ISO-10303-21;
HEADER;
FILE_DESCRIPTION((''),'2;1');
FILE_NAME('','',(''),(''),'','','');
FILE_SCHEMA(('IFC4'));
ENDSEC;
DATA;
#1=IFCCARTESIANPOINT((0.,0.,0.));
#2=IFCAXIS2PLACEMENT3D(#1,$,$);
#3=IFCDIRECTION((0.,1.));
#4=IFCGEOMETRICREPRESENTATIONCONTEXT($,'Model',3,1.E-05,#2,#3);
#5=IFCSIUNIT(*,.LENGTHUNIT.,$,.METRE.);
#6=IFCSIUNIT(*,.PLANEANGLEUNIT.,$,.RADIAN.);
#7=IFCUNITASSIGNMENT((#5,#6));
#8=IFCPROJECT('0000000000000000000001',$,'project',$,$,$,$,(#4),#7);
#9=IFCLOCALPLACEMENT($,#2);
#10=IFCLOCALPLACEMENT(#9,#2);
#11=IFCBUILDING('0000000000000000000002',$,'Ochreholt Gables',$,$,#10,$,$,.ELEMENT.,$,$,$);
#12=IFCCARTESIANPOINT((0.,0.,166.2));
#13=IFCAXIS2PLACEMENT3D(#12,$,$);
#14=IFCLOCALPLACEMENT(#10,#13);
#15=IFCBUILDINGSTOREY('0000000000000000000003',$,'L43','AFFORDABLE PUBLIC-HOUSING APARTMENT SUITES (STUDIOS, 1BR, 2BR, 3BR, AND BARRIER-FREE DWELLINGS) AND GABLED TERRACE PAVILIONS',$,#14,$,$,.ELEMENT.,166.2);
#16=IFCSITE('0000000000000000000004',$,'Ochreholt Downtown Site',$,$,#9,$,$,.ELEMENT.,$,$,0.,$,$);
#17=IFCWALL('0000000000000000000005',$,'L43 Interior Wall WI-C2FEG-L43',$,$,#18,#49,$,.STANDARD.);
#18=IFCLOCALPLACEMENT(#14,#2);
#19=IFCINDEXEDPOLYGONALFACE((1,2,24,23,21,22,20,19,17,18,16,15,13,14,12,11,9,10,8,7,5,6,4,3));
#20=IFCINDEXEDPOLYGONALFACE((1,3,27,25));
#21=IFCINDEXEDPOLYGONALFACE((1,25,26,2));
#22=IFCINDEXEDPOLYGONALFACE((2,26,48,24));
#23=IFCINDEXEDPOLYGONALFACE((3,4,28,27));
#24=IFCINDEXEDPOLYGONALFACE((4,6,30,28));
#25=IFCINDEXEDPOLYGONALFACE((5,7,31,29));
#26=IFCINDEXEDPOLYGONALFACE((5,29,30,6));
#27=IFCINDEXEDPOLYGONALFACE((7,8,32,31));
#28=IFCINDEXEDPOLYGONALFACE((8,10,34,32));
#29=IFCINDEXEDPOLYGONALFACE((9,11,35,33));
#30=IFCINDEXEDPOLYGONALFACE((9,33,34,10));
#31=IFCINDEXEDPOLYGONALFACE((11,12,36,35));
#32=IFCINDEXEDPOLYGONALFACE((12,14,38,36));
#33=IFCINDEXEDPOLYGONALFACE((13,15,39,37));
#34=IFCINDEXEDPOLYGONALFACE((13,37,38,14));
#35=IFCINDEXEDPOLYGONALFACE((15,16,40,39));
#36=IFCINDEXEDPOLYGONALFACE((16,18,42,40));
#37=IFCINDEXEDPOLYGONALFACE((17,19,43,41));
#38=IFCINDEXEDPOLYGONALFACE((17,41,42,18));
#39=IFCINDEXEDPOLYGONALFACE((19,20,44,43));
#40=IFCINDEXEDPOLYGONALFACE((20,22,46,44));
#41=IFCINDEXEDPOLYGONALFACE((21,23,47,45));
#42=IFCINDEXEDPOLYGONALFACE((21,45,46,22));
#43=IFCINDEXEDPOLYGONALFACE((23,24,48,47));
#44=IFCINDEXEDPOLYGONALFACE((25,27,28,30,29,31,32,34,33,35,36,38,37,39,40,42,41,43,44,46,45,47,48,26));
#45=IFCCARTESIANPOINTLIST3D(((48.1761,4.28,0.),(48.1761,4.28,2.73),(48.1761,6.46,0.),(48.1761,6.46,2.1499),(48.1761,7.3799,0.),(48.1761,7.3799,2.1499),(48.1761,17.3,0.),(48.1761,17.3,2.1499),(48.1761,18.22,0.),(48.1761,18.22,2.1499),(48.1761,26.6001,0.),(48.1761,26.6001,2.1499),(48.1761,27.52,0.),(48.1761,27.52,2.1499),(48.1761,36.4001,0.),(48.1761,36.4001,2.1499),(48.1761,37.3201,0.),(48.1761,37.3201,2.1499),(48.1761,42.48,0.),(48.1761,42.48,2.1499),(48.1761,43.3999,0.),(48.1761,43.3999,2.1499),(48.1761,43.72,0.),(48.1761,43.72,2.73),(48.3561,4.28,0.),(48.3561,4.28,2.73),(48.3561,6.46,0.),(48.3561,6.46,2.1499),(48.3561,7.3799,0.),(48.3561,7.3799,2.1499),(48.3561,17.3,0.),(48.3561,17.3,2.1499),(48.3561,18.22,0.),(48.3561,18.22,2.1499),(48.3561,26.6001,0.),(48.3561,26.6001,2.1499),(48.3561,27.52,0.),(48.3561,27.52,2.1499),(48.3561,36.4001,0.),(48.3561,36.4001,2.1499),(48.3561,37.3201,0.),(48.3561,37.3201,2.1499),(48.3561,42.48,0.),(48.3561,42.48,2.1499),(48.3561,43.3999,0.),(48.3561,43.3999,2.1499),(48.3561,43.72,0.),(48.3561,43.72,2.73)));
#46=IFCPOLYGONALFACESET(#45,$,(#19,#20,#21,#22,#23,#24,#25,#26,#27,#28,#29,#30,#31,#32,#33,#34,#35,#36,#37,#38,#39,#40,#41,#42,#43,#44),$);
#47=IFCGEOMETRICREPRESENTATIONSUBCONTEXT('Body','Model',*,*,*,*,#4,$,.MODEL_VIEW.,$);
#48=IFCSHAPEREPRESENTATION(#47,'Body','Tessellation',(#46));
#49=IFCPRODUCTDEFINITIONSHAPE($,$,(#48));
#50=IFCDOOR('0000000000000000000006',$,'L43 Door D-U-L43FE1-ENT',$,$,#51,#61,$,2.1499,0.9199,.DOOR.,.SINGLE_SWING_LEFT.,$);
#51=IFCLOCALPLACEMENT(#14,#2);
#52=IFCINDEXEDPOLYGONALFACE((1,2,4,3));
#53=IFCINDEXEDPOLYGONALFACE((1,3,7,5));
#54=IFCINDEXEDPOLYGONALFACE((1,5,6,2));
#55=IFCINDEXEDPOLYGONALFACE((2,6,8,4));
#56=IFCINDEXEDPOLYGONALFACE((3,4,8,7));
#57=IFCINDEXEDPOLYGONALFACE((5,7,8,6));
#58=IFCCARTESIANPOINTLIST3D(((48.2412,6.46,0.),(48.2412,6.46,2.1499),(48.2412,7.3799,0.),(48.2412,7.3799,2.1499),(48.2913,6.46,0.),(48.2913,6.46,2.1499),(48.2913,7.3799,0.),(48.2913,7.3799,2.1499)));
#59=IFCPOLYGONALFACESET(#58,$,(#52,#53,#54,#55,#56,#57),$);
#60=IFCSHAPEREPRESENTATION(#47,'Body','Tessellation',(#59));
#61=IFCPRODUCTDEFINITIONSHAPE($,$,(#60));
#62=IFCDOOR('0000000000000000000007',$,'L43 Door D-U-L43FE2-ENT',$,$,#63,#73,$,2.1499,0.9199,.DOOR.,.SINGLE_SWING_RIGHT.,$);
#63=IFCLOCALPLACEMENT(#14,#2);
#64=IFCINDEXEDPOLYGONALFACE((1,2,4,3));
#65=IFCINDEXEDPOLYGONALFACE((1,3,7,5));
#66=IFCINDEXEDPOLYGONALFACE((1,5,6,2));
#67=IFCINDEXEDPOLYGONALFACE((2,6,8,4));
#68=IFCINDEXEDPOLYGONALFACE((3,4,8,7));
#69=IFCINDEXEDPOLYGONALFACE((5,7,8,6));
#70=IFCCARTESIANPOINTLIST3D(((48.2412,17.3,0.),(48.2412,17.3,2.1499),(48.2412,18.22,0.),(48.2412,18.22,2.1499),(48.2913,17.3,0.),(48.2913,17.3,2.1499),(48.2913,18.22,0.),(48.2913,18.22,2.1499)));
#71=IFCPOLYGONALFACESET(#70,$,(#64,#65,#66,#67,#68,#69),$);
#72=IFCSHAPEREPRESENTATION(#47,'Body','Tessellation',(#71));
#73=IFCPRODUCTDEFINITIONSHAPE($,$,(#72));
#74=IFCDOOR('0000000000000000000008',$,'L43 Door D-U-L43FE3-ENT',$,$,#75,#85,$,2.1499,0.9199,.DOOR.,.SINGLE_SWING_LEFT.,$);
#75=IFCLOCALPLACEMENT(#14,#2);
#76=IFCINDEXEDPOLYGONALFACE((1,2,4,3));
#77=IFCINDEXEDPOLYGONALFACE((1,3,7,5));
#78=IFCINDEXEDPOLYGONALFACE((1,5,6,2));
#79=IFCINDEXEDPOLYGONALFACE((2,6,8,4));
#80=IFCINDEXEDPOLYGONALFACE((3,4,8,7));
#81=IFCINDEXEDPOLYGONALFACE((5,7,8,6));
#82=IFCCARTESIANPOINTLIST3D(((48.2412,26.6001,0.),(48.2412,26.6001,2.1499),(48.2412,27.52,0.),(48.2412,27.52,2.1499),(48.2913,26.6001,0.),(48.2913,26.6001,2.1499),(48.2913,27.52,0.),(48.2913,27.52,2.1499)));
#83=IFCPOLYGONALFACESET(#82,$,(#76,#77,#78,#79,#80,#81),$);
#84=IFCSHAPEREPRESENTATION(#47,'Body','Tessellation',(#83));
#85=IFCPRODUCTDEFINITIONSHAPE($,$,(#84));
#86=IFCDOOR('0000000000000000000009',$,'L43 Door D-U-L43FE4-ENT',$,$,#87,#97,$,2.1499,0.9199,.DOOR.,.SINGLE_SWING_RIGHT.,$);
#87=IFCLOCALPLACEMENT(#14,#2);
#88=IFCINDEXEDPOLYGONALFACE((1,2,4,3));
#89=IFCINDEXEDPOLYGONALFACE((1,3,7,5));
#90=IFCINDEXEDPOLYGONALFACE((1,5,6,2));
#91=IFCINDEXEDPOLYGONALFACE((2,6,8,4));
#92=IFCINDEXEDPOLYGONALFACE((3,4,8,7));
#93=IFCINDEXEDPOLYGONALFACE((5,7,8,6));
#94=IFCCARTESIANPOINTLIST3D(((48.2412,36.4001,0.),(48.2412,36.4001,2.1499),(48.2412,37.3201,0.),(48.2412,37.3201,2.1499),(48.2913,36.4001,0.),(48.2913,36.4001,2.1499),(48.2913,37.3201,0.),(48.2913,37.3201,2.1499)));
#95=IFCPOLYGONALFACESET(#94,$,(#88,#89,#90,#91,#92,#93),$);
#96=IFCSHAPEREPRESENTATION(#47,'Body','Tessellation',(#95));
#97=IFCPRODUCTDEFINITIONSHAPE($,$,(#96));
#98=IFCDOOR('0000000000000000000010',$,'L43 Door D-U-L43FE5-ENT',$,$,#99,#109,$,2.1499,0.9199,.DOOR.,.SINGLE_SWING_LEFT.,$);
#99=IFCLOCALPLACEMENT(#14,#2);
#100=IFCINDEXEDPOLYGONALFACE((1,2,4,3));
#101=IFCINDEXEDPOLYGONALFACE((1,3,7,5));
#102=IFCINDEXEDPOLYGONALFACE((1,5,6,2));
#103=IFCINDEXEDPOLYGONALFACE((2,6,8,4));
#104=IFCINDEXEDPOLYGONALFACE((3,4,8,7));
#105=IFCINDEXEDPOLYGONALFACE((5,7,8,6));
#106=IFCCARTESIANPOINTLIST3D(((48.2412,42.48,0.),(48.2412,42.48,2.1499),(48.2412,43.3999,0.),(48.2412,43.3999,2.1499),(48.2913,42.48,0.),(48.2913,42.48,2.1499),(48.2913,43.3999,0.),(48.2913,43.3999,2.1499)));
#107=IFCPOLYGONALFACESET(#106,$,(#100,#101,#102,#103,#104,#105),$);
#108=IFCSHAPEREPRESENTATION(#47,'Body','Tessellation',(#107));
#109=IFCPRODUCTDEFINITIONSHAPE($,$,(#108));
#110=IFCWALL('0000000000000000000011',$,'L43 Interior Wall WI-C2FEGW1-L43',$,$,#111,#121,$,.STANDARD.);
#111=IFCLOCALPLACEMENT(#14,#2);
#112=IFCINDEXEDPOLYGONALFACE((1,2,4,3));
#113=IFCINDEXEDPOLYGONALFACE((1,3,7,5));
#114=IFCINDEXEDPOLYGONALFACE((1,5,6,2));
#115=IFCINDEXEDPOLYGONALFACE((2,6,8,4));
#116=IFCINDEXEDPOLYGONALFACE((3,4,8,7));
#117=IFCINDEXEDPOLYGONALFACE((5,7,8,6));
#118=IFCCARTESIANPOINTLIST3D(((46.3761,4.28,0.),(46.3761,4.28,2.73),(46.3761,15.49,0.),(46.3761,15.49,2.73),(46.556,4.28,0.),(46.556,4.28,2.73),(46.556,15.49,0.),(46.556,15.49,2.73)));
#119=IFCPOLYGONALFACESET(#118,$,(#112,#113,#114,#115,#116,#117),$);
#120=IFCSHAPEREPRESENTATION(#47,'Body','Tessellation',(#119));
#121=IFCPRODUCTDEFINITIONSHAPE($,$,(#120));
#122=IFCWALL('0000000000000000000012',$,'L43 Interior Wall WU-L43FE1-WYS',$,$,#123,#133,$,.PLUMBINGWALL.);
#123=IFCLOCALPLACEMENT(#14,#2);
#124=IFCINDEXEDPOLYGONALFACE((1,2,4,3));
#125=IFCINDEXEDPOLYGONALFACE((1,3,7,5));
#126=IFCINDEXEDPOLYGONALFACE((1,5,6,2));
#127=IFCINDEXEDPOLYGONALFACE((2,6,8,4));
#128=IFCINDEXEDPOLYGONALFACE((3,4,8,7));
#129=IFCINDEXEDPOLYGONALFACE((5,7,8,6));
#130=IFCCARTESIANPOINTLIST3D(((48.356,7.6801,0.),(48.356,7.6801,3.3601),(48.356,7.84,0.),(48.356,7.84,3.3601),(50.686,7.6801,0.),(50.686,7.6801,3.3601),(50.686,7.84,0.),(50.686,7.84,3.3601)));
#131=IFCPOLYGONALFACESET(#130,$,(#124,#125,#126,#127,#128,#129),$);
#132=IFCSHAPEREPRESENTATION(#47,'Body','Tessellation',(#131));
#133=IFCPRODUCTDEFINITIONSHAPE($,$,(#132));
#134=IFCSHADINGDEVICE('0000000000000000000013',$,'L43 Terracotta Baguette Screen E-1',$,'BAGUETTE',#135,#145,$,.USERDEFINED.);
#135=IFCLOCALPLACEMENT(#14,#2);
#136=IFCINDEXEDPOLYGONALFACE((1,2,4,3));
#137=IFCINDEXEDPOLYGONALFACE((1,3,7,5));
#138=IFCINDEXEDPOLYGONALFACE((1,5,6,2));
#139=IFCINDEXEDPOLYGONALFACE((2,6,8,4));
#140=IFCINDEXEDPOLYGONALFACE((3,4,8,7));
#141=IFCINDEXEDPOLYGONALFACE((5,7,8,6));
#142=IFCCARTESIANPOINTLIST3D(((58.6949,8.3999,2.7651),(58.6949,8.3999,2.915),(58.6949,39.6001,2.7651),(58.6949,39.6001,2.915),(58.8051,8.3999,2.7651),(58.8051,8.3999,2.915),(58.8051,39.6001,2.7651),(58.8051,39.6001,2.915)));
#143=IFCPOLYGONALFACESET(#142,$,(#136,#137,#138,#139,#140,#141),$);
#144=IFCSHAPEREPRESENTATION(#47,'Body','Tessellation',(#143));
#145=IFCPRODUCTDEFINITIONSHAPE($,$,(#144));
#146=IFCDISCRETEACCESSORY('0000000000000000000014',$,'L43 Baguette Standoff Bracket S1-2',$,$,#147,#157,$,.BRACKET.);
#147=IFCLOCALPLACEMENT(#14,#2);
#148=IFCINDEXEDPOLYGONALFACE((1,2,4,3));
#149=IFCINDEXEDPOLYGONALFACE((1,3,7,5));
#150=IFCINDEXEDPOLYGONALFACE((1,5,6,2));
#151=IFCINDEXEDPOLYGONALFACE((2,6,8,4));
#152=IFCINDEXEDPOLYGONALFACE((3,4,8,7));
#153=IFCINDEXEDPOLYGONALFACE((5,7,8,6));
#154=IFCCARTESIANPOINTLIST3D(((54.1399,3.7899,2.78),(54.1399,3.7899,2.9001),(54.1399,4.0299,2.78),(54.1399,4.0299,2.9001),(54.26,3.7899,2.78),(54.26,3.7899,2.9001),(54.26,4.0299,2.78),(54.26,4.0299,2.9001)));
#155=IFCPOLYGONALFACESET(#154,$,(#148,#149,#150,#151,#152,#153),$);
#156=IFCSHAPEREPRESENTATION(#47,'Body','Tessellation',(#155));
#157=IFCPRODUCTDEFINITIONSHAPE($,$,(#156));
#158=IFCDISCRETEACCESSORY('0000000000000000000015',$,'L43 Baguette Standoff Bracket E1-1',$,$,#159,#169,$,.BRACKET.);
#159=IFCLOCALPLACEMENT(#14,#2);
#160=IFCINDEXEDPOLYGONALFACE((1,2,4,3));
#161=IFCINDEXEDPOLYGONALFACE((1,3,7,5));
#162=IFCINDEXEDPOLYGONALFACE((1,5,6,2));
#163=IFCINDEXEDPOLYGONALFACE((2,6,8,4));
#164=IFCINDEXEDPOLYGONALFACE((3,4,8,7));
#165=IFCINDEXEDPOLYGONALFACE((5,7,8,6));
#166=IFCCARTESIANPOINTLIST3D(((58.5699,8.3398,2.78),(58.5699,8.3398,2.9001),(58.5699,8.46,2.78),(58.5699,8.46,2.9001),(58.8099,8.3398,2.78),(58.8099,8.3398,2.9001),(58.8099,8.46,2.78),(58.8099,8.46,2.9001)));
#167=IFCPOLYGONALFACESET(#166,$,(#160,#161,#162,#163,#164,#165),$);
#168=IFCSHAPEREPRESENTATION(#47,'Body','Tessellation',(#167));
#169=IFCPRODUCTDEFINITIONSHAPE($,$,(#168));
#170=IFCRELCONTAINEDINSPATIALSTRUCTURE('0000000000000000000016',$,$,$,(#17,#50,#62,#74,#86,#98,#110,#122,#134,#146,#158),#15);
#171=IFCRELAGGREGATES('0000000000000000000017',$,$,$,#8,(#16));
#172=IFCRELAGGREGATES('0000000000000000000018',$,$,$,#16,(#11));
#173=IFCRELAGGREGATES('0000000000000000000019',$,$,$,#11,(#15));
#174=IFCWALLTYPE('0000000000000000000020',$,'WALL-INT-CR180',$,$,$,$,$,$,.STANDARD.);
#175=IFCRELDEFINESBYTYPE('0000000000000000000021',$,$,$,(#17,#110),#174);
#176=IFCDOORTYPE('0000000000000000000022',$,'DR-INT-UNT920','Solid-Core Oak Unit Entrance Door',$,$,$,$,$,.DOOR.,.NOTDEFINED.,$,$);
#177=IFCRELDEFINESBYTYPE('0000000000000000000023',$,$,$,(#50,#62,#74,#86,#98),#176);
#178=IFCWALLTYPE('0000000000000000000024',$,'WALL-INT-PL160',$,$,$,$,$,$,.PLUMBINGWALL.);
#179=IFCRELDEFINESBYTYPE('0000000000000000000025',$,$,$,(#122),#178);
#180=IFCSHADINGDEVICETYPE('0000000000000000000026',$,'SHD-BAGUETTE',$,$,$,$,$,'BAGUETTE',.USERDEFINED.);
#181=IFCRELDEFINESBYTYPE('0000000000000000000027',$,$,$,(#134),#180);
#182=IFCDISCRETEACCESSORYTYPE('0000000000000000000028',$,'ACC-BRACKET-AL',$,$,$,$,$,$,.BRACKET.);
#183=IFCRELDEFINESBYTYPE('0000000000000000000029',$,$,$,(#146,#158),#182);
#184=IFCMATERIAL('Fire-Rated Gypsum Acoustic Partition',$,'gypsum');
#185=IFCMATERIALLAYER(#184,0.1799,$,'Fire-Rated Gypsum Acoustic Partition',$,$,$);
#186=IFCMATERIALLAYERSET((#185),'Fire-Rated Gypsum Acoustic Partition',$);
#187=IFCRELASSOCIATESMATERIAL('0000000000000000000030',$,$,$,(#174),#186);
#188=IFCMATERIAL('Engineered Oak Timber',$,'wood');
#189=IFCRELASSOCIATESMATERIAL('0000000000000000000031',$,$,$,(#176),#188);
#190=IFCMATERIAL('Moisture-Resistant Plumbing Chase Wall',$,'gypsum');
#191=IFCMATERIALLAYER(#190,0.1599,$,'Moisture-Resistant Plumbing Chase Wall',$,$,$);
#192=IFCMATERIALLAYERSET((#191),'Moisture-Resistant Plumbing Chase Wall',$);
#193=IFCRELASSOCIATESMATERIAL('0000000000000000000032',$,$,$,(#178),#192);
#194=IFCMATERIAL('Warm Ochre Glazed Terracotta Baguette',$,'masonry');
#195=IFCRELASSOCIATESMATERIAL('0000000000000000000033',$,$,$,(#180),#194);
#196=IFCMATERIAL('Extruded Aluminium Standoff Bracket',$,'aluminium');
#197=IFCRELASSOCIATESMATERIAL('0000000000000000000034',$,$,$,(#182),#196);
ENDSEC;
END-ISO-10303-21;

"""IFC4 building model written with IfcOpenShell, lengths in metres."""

from ifc_helpers import new_model, si_unit, direction, frame, frame_2d, origin, origin_2d, place, context, subcontext, project, spatial, rectangle, extrude, material, layer, layer_set, material_profile, profile_set, type_object, element, fill, save


model = new_model("IFC4")

# Units and contexts
model_context = context("Model", 3, precision=1e-05, world=origin(), true_north=direction((0.0, 1.0)))
body_context = subcontext(model_context, "Body", "Model", "MODEL_VIEW")
ifc_project = project(units=[si_unit("LENGTHUNIT", "METRE"), si_unit("PLANEANGLEUNIT", "RADIAN")], contexts=[model_context])

# Site, building, storey
site_placement = place(None, origin())
site = spatial("IfcSite", under=ifc_project, at=site_placement, Name="Ochreholt Downtown Site", CompositionType="ELEMENT", RefElevation=0.0)
building_placement = place(site_placement, origin())
building = spatial("IfcBuilding", under=site, at=building_placement, Name="Ochreholt Gables", CompositionType="ELEMENT")
storey_placement = place(building_placement, frame((0.0, 0.0, 166.2)))
storey = spatial("IfcBuildingStorey", under=building, at=storey_placement, Name="L43", Description="AFFORDABLE PUBLIC-HOUSING APARTMENT SUITES (STUDIOS, 1BR, 2BR, 3BR, AND BARRIER-FREE DWELLINGS) AND GABLED TERRACE PAVILIONS", CompositionType="ELEMENT", Elevation=166.2)

# Wall, openings, doors
ifc_material_1 = material(Name="Fire-Rated Gypsum Acoustic Partition", Category="gypsum")
ifc_layer_1 = layer(ifc_material_1, 0.1799, Name="Fire-Rated Gypsum Acoustic Partition")
ifc_layer_set_1 = layer_set([ifc_layer_1], Name="Fire-Rated Gypsum Acoustic Partition")
wall_type_1 = type_object("IfcWallType", Name="WALL-INT-CR180", PredefinedType="STANDARD", material=ifc_layer_set_1)
wall_1_placement = place(storey_placement, frame((48.2661, 4.28, 0.0), z_axis=(0.0, 0.0, 1.0), x_axis=(0.0, 1.0, 0.0)))
wall_1 = element("IfcWall", 1, at=wall_1_placement, inside=storey, type_object=wall_type_1, Name="L43 Interior Wall WI-C2FEG-L43", PredefinedType="STANDARD", context=body_context, shape_type="SweptSolid", body=[
    extrude(rectangle(XDim=39.4399, YDim=0.1799, at=frame_2d((19.72, 0.0))), origin(), (0.0, 0.0, 1.0), 2.73),
])
opening_1_placement = place(wall_1_placement, frame((2.1799, 0.0, 0.0)))
opening_1 = element("IfcOpeningElement", 2, at=opening_1_placement, cuts=wall_1, PredefinedType="OPENING", context=body_context, shape_type="SweptSolid", body=[
    extrude(rectangle(XDim=0.9199, YDim=2.1499, at=frame_2d((0.46, 1.075))), frame((0.0, 0.0999, 0.0), z_axis=(0.0, -1.0, 0.0), x_axis=(1.0, 0.0, 0.0)), (0.0, 0.0, 1.0), 0.2),
])
opening_2_placement = place(wall_1_placement, frame((13.02, 0.0, 0.0)))
opening_2 = element("IfcOpeningElement", 3, at=opening_2_placement, cuts=wall_1, PredefinedType="OPENING", context=body_context, shape_type="SweptSolid", body=[
    extrude(rectangle(XDim=0.9199, YDim=2.1499, at=frame_2d((0.46, 1.075))), frame((0.0, 0.0999, 0.0), z_axis=(0.0, -1.0, 0.0), x_axis=(1.0, 0.0, 0.0)), (0.0, 0.0, 1.0), 0.2),
])
opening_3_placement = place(wall_1_placement, frame((22.3201, 0.0, 0.0)))
opening_3 = element("IfcOpeningElement", 4, at=opening_3_placement, cuts=wall_1, PredefinedType="OPENING", context=body_context, shape_type="SweptSolid", body=[
    extrude(rectangle(XDim=0.9199, YDim=2.1499, at=frame_2d((0.46, 1.075))), frame((0.0, 0.0999, 0.0), z_axis=(0.0, -1.0, 0.0), x_axis=(1.0, 0.0, 0.0)), (0.0, 0.0, 1.0), 0.2),
])
opening_4_placement = place(wall_1_placement, frame((32.1201, 0.0, 0.0)))
opening_4 = element("IfcOpeningElement", 5, at=opening_4_placement, cuts=wall_1, PredefinedType="OPENING", context=body_context, shape_type="SweptSolid", body=[
    extrude(rectangle(XDim=0.9199, YDim=2.1499, at=frame_2d((0.46, 1.075))), frame((0.0, 0.0999, 0.0), z_axis=(0.0, -1.0, 0.0), x_axis=(1.0, 0.0, 0.0)), (0.0, 0.0, 1.0), 0.2),
])
opening_5_placement = place(wall_1_placement, frame((38.2, 0.0, 0.0)))
opening_5 = element("IfcOpeningElement", 6, at=opening_5_placement, cuts=wall_1, PredefinedType="OPENING", context=body_context, shape_type="SweptSolid", body=[
    extrude(rectangle(XDim=0.9199, YDim=2.1499, at=frame_2d((0.46, 1.075))), frame((0.0, 0.0999, 0.0), z_axis=(0.0, -1.0, 0.0), x_axis=(1.0, 0.0, 0.0)), (0.0, 0.0, 1.0), 0.2),
])
ifc_material_2 = material(Name="Engineered Oak Timber", Category="wood")
door_type_1 = type_object("IfcDoorType", Name="DR-INT-UNT920", Description="Solid-Core Oak Unit Entrance Door", OperationType="NOTDEFINED", PredefinedType="DOOR", material=ifc_material_2)
door_1_placement = place(opening_1_placement, origin())
door_1 = element("IfcDoor", 7, at=door_1_placement, inside=storey, type_object=door_type_1, Name="L43 Door D-U-L43FE1-ENT", OperationType="SINGLE_SWING_LEFT", OverallHeight=2.1499, OverallWidth=0.9199, PredefinedType="DOOR", context=body_context, shape_type="SweptSolid", body=[
    extrude(rectangle(XDim=0.9199, YDim=2.1499, at=frame_2d((0.46, 1.075))), frame((0.0, 0.0249, 0.0), z_axis=(0.0, -1.0, 0.0), x_axis=(1.0, 0.0, 0.0)), (0.0, 0.0, 1.0), 0.05),
])
fill(opening_1, door_1)
door_2_placement = place(opening_2_placement, origin())
door_2 = element("IfcDoor", 8, at=door_2_placement, inside=storey, type_object=door_type_1, Name="L43 Door D-U-L43FE2-ENT", OperationType="SINGLE_SWING_RIGHT", OverallHeight=2.1499, OverallWidth=0.9199, PredefinedType="DOOR", context=body_context, shape_type="SweptSolid", body=[
    extrude(rectangle(XDim=0.9199, YDim=2.1499, at=frame_2d((0.46, 1.075))), frame((0.0, 0.0249, 0.0), z_axis=(0.0, -1.0, 0.0), x_axis=(1.0, 0.0, 0.0)), (0.0, 0.0, 1.0), 0.05),
])
fill(opening_2, door_2)
door_3_placement = place(opening_3_placement, origin())
door_3 = element("IfcDoor", 9, at=door_3_placement, inside=storey, type_object=door_type_1, Name="L43 Door D-U-L43FE3-ENT", OperationType="SINGLE_SWING_LEFT", OverallHeight=2.1499, OverallWidth=0.9199, PredefinedType="DOOR", context=body_context, shape_type="SweptSolid", body=[
    extrude(rectangle(XDim=0.9199, YDim=2.1499, at=frame_2d((0.46, 1.075))), frame((0.0, 0.0249, 0.0), z_axis=(0.0, -1.0, 0.0), x_axis=(1.0, 0.0, 0.0)), (0.0, 0.0, 1.0), 0.05),
])
fill(opening_3, door_3)
door_4_placement = place(opening_4_placement, origin())
door_4 = element("IfcDoor", 10, at=door_4_placement, inside=storey, type_object=door_type_1, Name="L43 Door D-U-L43FE4-ENT", OperationType="SINGLE_SWING_RIGHT", OverallHeight=2.1499, OverallWidth=0.9199, PredefinedType="DOOR", context=body_context, shape_type="SweptSolid", body=[
    extrude(rectangle(XDim=0.9199, YDim=2.1499, at=frame_2d((0.46, 1.075))), frame((0.0, 0.0249, 0.0), z_axis=(0.0, -1.0, 0.0), x_axis=(1.0, 0.0, 0.0)), (0.0, 0.0, 1.0), 0.05),
])
fill(opening_4, door_4)
door_5_placement = place(opening_5_placement, origin())
door_5 = element("IfcDoor", 11, at=door_5_placement, inside=storey, type_object=door_type_1, Name="L43 Door D-U-L43FE5-ENT", OperationType="SINGLE_SWING_LEFT", OverallHeight=2.1499, OverallWidth=0.9199, PredefinedType="DOOR", context=body_context, shape_type="SweptSolid", body=[
    extrude(rectangle(XDim=0.9199, YDim=2.1499, at=frame_2d((0.46, 1.075))), frame((0.0, 0.0249, 0.0), z_axis=(0.0, -1.0, 0.0), x_axis=(1.0, 0.0, 0.0)), (0.0, 0.0, 1.0), 0.05),
])
fill(opening_5, door_5)

# Walls
wall_2_placement = place(storey_placement, frame((46.4661, 4.28, 0.0), z_axis=(0.0, 0.0, 1.0), x_axis=(0.0, 1.0, 0.0)))
element("IfcWall", 12, at=wall_2_placement, inside=storey, type_object=wall_type_1, Name="L43 Interior Wall WI-C2FEGW1-L43", PredefinedType="STANDARD", context=body_context, shape_type="SweptSolid", body=[
    extrude(rectangle(XDim=11.21, YDim=0.1799, at=frame_2d((5.605, 0.0))), origin(), (0.0, 0.0, 1.0), 2.73),
])
ifc_material_3 = material(Name="Moisture-Resistant Plumbing Chase Wall", Category="gypsum")
ifc_layer_2 = layer(ifc_material_3, 0.1599, Name="Moisture-Resistant Plumbing Chase Wall")
ifc_layer_set_2 = layer_set([ifc_layer_2], Name="Moisture-Resistant Plumbing Chase Wall")
wall_type_2 = type_object("IfcWallType", Name="WALL-INT-PL160", PredefinedType="PLUMBINGWALL", material=ifc_layer_set_2)
wall_3_placement = place(storey_placement, frame((48.356, 7.76, 0.0), z_axis=(0.0, 0.0, 1.0), x_axis=(1.0, 0.0, 0.0)))
element("IfcWall", 13, at=wall_3_placement, inside=storey, type_object=wall_type_2, Name="L43 Interior Wall WU-L43FE1-WYS", PredefinedType="PLUMBINGWALL", context=body_context, shape_type="SweptSolid", body=[
    extrude(rectangle(XDim=2.3301, YDim=0.1599, at=frame_2d((1.165, 0.0))), origin(), (0.0, 0.0, 1.0), 3.3601),
])

# Shading device
ifc_material_4 = material(Name="Warm Ochre Glazed Terracotta Baguette", Category="masonry")
ifc_material_profile_1 = material_profile(ifc_material_4, rectangle(XDim=0.1101, YDim=0.1499, at=origin_2d()), Name="TCBAG110X150")
ifc_profile_set_1 = profile_set([ifc_material_profile_1], Name="Warm Ochre Glazed Terracotta Baguette")
shading_device_type = type_object("IfcShadingDeviceType", Name="SHD-BAGUETTE", ElementType="BAGUETTE", PredefinedType="USERDEFINED", material=ifc_profile_set_1)
shading_device_placement = place(storey_placement, frame((58.75, 8.3999, 2.8401), z_axis=(0.0, 1.0, 0.0), x_axis=(-1.0, 0.0, 0.0)))
element("IfcShadingDevice", 14, at=shading_device_placement, inside=storey, type_object=shading_device_type, Name="L43 Terracotta Baguette Screen E-1", ObjectType="BAGUETTE", PredefinedType="USERDEFINED", context=body_context, shape_type="SweptSolid", body=[
    extrude(rectangle(XDim=0.1101, YDim=0.1499, at=origin_2d()), origin(), (0.0, 0.0, 1.0), 31.2002),
])

# Discrete accessories
ifc_material_5 = material(Name="Extruded Aluminium Standoff Bracket", Category="aluminium")
discrete_accessory_type = type_object("IfcDiscreteAccessoryType", Name="ACC-BRACKET-AL", PredefinedType="BRACKET", material=ifc_material_5)
for number, where, z_axis, x_axis, name in (
    (15, (54.2, 3.9099, 2.78), (0.0, 0.0, 1.0), (1.0, 0.0, 0.0), "L43 Baguette Standoff Bracket S1-2"),
    (16, (58.6899, 8.3999, 2.78), (0.0, 0.0, 1.0), (0.0, 1.0, 0.0), "L43 Baguette Standoff Bracket E1-1"),
):
    element("IfcDiscreteAccessory", number, at=place(storey_placement, frame(where, z_axis=z_axis, x_axis=x_axis)), inside=storey, type_object=discrete_accessory_type, Name=name, PredefinedType="BRACKET", context=body_context, shape_type="SweptSolid", body=[
        extrude(rectangle(XDim=0.1201, YDim=0.24, at=origin_2d()), origin(), (0.0, 0.0, 1.0), 0.1201),
    ])

save(model, "model.ifc")
